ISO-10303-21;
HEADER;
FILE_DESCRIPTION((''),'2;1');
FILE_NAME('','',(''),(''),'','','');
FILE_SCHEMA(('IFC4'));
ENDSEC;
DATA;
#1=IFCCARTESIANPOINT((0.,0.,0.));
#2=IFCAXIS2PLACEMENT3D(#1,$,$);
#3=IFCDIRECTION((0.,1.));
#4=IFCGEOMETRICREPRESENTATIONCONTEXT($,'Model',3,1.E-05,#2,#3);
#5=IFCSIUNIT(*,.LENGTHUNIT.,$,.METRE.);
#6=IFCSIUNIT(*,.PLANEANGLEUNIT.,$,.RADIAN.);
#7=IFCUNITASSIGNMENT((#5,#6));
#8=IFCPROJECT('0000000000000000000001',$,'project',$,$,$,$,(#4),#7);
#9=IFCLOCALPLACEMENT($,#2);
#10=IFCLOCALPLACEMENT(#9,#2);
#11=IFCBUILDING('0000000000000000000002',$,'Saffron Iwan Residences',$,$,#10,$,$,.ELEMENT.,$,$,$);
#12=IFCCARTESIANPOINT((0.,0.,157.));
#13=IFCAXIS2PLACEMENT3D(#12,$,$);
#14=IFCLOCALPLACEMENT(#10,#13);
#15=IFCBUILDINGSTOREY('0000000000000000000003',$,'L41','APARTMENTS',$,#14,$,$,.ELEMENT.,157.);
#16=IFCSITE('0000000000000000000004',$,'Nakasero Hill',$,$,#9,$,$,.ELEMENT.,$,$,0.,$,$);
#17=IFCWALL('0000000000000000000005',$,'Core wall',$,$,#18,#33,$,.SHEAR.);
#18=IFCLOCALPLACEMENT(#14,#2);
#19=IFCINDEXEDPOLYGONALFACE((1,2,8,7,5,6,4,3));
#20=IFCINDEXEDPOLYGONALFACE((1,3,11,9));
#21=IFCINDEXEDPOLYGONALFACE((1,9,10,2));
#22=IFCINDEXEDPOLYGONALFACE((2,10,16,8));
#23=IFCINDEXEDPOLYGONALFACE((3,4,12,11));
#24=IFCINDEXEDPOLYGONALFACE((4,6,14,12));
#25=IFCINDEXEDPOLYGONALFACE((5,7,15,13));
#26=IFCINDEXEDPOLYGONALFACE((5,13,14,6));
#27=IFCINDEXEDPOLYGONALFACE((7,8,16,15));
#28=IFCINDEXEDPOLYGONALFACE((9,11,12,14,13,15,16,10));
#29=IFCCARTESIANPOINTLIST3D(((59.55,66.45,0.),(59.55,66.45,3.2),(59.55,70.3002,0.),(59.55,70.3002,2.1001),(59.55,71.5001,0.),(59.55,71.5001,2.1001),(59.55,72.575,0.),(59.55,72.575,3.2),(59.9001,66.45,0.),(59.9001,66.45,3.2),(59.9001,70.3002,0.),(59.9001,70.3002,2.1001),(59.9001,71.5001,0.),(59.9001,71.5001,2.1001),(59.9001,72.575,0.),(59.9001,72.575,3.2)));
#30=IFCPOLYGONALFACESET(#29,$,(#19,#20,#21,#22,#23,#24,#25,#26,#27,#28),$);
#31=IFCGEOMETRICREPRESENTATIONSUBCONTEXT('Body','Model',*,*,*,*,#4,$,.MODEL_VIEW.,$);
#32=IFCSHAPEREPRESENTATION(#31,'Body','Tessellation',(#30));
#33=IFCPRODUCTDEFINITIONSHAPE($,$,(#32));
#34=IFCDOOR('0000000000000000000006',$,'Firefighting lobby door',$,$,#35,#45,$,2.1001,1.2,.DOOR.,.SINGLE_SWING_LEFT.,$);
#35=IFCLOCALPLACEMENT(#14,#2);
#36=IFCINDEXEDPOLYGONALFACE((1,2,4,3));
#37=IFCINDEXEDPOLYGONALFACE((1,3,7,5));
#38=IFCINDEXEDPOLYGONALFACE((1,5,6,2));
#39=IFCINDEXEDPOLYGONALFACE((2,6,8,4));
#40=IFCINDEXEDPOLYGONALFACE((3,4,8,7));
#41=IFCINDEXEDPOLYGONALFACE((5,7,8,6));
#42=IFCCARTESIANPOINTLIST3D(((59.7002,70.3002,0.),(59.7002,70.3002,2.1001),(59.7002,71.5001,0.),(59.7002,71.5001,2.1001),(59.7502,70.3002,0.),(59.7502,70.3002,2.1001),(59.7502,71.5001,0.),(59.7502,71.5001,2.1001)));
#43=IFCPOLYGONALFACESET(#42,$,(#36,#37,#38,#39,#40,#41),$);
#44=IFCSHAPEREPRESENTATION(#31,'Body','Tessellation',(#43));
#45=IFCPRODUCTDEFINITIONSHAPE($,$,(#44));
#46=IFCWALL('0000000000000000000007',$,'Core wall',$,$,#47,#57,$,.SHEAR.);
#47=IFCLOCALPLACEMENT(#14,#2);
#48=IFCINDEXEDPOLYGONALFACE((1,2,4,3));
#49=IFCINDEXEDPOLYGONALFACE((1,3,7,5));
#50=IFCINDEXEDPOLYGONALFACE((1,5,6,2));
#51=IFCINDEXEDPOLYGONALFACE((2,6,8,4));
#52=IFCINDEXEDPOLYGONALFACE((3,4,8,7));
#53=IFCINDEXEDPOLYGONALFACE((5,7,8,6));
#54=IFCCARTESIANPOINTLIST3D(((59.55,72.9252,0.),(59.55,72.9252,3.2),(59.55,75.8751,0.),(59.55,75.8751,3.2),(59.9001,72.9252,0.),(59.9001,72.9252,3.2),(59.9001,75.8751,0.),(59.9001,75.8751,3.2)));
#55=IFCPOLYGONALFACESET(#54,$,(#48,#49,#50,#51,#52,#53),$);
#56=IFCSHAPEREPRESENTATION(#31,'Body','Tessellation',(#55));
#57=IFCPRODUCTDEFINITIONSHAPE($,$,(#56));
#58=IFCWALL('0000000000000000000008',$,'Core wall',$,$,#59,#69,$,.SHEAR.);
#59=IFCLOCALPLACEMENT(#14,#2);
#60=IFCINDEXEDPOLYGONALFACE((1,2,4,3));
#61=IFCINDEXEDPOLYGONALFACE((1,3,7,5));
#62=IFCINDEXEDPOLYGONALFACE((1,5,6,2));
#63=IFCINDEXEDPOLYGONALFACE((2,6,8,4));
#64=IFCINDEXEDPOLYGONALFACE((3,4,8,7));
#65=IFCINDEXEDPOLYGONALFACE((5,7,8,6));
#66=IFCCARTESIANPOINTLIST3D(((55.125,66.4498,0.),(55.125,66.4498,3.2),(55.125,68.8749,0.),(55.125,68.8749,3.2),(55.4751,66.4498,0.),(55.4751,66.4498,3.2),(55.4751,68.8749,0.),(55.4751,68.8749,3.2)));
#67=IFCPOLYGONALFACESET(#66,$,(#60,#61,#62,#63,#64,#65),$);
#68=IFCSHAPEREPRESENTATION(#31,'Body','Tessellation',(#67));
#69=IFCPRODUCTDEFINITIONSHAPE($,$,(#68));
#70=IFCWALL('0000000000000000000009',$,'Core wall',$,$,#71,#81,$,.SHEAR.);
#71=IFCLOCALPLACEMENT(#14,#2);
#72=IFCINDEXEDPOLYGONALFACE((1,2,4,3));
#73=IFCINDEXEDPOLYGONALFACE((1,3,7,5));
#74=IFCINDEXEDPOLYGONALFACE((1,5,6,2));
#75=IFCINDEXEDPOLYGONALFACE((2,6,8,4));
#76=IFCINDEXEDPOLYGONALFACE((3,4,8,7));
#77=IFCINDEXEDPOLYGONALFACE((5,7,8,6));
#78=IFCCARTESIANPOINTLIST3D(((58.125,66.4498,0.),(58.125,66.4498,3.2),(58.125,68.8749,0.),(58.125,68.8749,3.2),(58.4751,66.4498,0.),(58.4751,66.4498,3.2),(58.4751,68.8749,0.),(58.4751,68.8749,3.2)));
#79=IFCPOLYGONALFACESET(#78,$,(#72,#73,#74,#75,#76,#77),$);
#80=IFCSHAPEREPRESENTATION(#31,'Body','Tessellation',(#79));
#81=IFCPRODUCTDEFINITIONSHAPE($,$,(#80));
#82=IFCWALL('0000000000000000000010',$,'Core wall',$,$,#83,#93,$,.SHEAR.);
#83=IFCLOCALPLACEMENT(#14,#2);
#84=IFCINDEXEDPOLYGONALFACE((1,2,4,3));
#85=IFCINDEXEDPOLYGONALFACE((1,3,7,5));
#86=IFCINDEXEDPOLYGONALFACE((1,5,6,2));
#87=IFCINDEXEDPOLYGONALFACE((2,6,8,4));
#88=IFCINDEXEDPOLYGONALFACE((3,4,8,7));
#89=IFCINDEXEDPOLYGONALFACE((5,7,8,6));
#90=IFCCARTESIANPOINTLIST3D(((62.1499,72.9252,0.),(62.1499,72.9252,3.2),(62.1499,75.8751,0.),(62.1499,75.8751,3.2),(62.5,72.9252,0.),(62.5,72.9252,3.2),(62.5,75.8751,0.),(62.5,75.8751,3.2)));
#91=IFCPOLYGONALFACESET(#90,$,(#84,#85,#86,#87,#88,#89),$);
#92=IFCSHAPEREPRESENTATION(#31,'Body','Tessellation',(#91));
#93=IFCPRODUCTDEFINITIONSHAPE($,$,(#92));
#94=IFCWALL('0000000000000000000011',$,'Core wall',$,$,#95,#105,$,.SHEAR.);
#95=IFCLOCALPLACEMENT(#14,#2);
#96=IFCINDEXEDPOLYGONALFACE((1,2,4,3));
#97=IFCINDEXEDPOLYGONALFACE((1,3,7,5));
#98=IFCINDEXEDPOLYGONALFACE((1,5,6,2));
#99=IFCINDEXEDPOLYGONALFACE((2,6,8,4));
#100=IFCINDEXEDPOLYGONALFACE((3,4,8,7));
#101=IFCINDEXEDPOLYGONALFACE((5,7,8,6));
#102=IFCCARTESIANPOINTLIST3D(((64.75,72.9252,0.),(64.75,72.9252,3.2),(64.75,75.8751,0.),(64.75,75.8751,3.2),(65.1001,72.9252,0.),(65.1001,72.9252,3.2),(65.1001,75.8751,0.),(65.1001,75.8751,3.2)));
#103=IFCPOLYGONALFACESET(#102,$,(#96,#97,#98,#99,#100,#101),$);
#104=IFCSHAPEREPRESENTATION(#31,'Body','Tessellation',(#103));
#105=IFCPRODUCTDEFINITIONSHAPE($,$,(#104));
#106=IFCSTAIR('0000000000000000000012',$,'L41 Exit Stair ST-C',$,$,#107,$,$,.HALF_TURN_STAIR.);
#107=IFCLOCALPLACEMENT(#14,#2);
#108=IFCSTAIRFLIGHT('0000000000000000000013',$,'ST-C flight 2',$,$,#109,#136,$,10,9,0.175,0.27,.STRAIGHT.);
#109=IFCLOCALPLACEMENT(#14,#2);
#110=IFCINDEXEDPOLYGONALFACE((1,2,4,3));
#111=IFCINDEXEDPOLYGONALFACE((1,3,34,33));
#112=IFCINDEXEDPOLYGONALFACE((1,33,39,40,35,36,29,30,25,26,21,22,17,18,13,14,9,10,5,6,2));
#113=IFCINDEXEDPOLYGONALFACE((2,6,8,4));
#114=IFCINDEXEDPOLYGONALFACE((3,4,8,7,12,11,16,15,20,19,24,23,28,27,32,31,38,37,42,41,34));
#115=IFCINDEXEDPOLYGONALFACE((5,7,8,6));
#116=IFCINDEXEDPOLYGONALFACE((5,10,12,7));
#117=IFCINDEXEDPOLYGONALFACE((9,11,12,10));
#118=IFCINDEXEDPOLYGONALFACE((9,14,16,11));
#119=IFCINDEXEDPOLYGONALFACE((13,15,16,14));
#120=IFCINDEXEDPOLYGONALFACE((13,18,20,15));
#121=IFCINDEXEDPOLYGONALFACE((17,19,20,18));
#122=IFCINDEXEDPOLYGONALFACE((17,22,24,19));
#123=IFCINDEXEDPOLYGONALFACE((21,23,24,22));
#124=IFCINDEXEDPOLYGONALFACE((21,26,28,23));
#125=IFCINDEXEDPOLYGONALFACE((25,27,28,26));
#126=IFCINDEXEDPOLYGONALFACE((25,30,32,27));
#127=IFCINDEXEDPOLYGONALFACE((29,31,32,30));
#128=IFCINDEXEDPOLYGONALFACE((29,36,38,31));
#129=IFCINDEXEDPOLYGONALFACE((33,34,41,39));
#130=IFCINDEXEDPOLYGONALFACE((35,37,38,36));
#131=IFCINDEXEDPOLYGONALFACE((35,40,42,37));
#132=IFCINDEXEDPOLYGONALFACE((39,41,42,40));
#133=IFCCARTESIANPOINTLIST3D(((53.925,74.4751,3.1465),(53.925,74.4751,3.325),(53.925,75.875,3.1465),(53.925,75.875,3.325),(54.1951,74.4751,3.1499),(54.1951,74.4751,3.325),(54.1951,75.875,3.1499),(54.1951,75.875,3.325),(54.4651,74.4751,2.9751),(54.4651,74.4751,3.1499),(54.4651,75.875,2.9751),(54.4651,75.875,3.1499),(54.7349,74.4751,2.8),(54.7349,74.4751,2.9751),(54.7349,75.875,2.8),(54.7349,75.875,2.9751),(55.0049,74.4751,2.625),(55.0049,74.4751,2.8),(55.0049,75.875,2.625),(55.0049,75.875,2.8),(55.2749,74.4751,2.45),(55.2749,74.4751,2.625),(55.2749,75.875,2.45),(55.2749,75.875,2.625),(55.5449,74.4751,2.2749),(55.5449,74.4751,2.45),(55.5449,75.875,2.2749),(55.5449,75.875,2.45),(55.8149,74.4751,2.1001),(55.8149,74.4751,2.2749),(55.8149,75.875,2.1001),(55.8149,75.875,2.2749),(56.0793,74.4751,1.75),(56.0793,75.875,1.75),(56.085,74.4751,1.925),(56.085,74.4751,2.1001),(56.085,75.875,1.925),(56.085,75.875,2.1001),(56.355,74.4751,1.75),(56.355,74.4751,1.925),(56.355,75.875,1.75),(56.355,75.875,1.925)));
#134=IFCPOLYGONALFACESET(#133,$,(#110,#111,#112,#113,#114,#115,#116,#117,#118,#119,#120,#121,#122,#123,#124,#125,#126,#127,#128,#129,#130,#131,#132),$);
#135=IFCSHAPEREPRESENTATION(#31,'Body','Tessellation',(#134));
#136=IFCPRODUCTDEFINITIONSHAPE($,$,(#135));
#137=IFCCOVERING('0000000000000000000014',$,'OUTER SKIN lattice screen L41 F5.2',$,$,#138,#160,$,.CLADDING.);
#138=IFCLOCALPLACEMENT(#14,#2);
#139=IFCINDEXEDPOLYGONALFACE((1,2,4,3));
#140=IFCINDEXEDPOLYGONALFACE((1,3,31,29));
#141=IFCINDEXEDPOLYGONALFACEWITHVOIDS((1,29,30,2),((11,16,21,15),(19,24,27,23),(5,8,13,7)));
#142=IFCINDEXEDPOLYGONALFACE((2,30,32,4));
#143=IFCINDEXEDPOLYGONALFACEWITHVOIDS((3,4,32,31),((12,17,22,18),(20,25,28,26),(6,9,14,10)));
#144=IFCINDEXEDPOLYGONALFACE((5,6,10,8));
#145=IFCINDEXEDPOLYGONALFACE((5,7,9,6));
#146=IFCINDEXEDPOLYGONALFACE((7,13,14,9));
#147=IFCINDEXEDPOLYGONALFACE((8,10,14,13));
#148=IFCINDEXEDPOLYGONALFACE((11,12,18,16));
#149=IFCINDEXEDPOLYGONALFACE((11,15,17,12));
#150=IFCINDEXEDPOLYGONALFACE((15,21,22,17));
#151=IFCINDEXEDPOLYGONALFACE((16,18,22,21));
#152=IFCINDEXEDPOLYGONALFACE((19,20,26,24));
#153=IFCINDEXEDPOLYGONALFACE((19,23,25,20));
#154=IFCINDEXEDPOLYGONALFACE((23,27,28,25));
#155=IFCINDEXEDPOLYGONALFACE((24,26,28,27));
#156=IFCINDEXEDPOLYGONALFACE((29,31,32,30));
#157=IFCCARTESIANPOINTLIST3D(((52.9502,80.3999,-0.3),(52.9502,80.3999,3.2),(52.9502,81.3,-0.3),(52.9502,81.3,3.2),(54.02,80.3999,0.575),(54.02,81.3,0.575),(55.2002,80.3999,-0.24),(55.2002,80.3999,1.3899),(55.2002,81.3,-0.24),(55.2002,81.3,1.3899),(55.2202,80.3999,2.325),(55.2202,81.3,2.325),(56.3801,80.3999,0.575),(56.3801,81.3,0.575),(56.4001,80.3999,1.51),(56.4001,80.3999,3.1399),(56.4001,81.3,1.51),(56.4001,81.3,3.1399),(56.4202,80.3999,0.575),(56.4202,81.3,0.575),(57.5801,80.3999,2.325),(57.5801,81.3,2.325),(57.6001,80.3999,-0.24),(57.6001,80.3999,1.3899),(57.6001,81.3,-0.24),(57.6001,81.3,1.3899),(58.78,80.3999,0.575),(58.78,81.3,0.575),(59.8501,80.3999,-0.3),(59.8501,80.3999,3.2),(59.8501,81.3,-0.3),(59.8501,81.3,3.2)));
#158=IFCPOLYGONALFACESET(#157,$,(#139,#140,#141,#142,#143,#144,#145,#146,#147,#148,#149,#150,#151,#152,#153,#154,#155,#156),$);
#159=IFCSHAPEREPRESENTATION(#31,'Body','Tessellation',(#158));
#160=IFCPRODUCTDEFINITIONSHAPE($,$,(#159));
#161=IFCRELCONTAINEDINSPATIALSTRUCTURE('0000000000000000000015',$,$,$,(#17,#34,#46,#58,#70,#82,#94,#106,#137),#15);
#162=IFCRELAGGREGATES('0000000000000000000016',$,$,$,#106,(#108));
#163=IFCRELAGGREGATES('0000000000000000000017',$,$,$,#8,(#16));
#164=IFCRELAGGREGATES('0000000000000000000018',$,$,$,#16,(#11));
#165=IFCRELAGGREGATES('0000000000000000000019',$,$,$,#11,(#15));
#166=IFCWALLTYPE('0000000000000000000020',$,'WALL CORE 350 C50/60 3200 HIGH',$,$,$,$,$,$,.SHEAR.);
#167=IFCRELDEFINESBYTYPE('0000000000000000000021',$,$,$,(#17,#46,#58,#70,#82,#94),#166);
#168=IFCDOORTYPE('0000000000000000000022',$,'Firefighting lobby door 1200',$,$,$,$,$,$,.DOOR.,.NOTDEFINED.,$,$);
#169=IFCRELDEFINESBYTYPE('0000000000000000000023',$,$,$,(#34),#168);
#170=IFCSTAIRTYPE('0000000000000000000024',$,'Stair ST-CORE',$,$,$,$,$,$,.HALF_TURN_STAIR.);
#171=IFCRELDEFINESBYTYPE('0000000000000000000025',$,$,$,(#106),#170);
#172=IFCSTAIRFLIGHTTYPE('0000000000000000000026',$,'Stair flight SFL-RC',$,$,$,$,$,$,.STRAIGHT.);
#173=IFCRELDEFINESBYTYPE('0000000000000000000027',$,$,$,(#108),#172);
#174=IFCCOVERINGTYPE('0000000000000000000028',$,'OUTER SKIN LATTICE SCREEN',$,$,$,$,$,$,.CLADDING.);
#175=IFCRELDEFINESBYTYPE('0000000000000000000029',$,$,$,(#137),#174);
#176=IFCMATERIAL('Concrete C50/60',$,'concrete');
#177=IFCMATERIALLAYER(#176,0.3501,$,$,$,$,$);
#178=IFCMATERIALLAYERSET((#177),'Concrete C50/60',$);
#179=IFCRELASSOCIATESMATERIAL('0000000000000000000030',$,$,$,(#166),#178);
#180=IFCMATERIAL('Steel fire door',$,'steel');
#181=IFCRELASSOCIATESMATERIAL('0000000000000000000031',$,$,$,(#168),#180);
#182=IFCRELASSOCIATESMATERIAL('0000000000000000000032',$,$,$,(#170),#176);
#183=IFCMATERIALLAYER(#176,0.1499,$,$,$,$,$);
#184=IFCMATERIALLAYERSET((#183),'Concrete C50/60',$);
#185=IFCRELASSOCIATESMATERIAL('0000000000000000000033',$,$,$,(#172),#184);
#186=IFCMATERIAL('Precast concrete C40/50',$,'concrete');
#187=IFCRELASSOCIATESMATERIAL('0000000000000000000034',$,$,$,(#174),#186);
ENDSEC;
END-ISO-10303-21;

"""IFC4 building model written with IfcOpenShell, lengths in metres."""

from ifc_helpers import new_model, si_unit, direction, frame, frame_2d, origin, place, context, subcontext, project, spatial, polyline, rectangle, outline, extrude, material, layer, layer_set, type_object, element, fill, aggregate, save


model = new_model("IFC4")

# Units and contexts
model_context = context("Model", 3, precision=1e-05, world=origin(), true_north=direction((0.0, 1.0)))
body_context = subcontext(model_context, "Body", "Model", "MODEL_VIEW")
ifc_project = project(units=[si_unit("LENGTHUNIT", "METRE"), si_unit("PLANEANGLEUNIT", "RADIAN")], contexts=[model_context])

# Site, building, storey
site_placement = place(None, origin())
site = spatial("IfcSite", under=ifc_project, at=site_placement, Name="Nakasero Hill", CompositionType="ELEMENT", RefElevation=0.0)
building_placement = place(site_placement, origin())
building = spatial("IfcBuilding", under=site, at=building_placement, Name="Saffron Iwan Residences", CompositionType="ELEMENT")
storey_placement = place(building_placement, frame((0.0, 0.0, 157.0)))
storey = spatial("IfcBuildingStorey", under=building, at=storey_placement, Name="L41", Description="APARTMENTS", CompositionType="ELEMENT", Elevation=157.0)

# Shared definitions
ifc_material_1 = material(Name="Concrete C50/60", Category="concrete")

# Shared definitions
ifc_material_2 = material(Name="Steel fire door", Category="steel")

# Shared definitions
ifc_layer_1 = layer(ifc_material_1, 0.3501)
ifc_layer_set_1 = layer_set([ifc_layer_1], Name="Concrete C50/60")
wall_type_1 = type_object("IfcWallType", Name="WALL CORE 350 C50/60 3200 HIGH", PredefinedType="SHEAR", material=ifc_layer_set_1)

# Wall, opening, door
wall_1_placement = place(storey_placement, frame((59.7251, 66.45, 0.0), z_axis=(0.0, 0.0, 1.0), x_axis=(0.0, 1.0, 0.0)))
wall_1 = element("IfcWall", 1, at=wall_1_placement, inside=storey, type_object=wall_type_1, Name="Core wall", PredefinedType="SHEAR", context=body_context, shape_type="SweptSolid", body=[
    extrude(rectangle(XDim=6.125, YDim=0.3501, at=frame_2d((3.0625, 0.0))), origin(), (0.0, 0.0, 1.0), 3.2),
])
opening_1_placement = place(wall_1_placement, frame((3.8501, 0.0, 0.0)))
opening_1 = element("IfcOpeningElement", 2, at=opening_1_placement, cuts=wall_1, PredefinedType="OPENING", context=body_context, shape_type="SweptSolid", body=[
    extrude(rectangle(XDim=1.2, YDim=2.1001, at=frame_2d((0.6001, 1.05))), frame((0.0, 0.1851, 0.0), z_axis=(0.0, -1.0, 0.0), x_axis=(1.0, 0.0, 0.0)), (0.0, 0.0, 1.0), 0.3701),
])
door_type_1 = type_object("IfcDoorType", Name="Firefighting lobby door 1200", OperationType="NOTDEFINED", PredefinedType="DOOR", material=ifc_material_2)
door_1_placement = place(opening_1_placement, origin())
door_1 = element("IfcDoor", 3, at=door_1_placement, inside=storey, type_object=door_type_1, Name="Firefighting lobby door", OperationType="SINGLE_SWING_LEFT", OverallHeight=2.1001, OverallWidth=1.2, PredefinedType="DOOR", context=body_context, shape_type="SweptSolid", body=[
    extrude(rectangle(XDim=1.2, YDim=2.1001, at=frame_2d((0.6001, 1.05))), frame((0.0, 0.0249, 0.0), z_axis=(0.0, -1.0, 0.0), x_axis=(1.0, 0.0, 0.0)), (0.0, 0.0, 1.0), 0.05),
])
fill(opening_1, door_1)

# Walls
wall_2_placement = place(storey_placement, frame((59.7251, 72.925, 0.0), z_axis=(0.0, 0.0, 1.0), x_axis=(0.0, 1.0, 0.0)))
element("IfcWall", 4, at=wall_2_placement, inside=storey, type_object=wall_type_1, Name="Core wall", PredefinedType="SHEAR", context=body_context, shape_type="SweptSolid", body=[
    extrude(rectangle(XDim=2.95, YDim=0.3501, at=frame_2d((1.4751, 0.0))), origin(), (0.0, 0.0, 1.0), 3.2),
])
for number, where, z_axis, x_axis, name in (
    (5, (55.3, 66.45, 0.0), (0.0, 0.0, 1.0), (0.0, 1.0, 0.0), "Core wall"),
    (6, (58.3, 66.45, 0.0), (0.0, 0.0, 1.0), (0.0, 1.0, 0.0), "Core wall"),
):
    element("IfcWall", number, at=place(storey_placement, frame(where, z_axis=z_axis, x_axis=x_axis)), inside=storey, type_object=wall_type_1, Name=name, PredefinedType="SHEAR", context=body_context, shape_type="SweptSolid", body=[
        extrude(rectangle(XDim=2.425, YDim=0.3501, at=frame_2d((1.2124, 0.0))), origin(), (0.0, 0.0, 1.0), 3.2),
    ])
for number, where, z_axis, x_axis, name in (
    (7, (62.325, 72.925, 0.0), (0.0, 0.0, 1.0), (0.0, 1.0, 0.0), "Core wall"),
    (8, (64.925, 72.925, 0.0), (0.0, 0.0, 1.0), (0.0, 1.0, 0.0), "Core wall"),
):
    element("IfcWall", number, at=place(storey_placement, frame(where, z_axis=z_axis, x_axis=x_axis)), inside=storey, type_object=wall_type_1, Name=name, PredefinedType="SHEAR", context=body_context, shape_type="SweptSolid", body=[
        extrude(rectangle(XDim=2.95, YDim=0.3501, at=frame_2d((1.4751, 0.0))), origin(), (0.0, 0.0, 1.0), 3.2),
    ])

# Stair, stair flight
stair_type = type_object("IfcStairType", Name="Stair ST-CORE", PredefinedType="HALF_TURN_STAIR", material=ifc_material_1)
stair_placement = place(storey_placement, origin())
stair = element("IfcStair", 9, at=stair_placement, inside=storey, type_object=stair_type, Name="L41 Exit Stair ST-C", PredefinedType="HALF_TURN_STAIR")
ifc_layer_2 = layer(ifc_material_1, 0.1499)
ifc_layer_set_2 = layer_set([ifc_layer_2], Name="Concrete C50/60")
stair_flight_type = type_object("IfcStairFlightType", Name="Stair flight SFL-RC", PredefinedType="STRAIGHT", material=ifc_layer_set_2)
stair_flight_placement = place(storey_placement, frame((56.355, 75.175, 1.75), z_axis=(0.0, 0.0, 1.0), x_axis=(-1.0, 0.0, 0.0)))
stair_flight = element("IfcStairFlight", 10, at=stair_flight_placement, type_object=stair_flight_type, Name="ST-C flight 2", NumberOfRisers=10, NumberOfTreads=9, PredefinedType="STRAIGHT", RiserHeight=0.175, TreadLength=0.27, context=body_context, shape_type="SweptSolid", body=[
    extrude(outline(polyline([(0.0, 0.0), (0.0, 0.175), (0.27, 0.175), (0.27, 0.3501), (0.54, 0.3501), (0.54, 0.5249), (0.8101, 0.5249), (0.8101, 0.7), (1.0801, 0.7), (1.0801, 0.875), (1.3501, 0.875), (1.3501, 1.05), (1.6201, 1.05), (1.6201, 1.2251), (1.8899, 1.2251), (1.8899, 1.3999), (2.1599, 1.3999), (2.1599, 1.575), (2.4299, 1.575), (2.4299, 1.75), (2.4299, 1.3965), (0.2756, 0.0), (0.0, 0.0)])), frame((0.0, 0.7, 0.0), z_axis=(0.0, -1.0, 0.0), x_axis=(1.0, 0.0, 0.0)), (0.0, 0.0, 1.0), 1.3999),
])
aggregate(stair, [stair_flight])

# Covering
ifc_material_3 = material(Name="Precast concrete C40/50", Category="concrete")
covering_type_1 = type_object("IfcCoveringType", Name="OUTER SKIN LATTICE SCREEN", PredefinedType="CLADDING", material=ifc_material_3)
covering_placement = place(storey_placement, frame((59.8501, 80.3999, -0.3), z_axis=(0.0, 1.0, 0.0), x_axis=(-1.0, 0.0, 0.0)))
element("IfcCovering", 11, at=covering_placement, inside=storey, type_object=covering_type_1, Name="OUTER SKIN lattice screen L41 F5.2", PredefinedType="CLADDING", context=body_context, shape_type="SweptSolid", body=[
    extrude(outline(polyline([(0.0, 0.0), (6.8999, 0.0), (6.8999, 3.5), (0.0, 3.5), (0.0, 0.0)]), holes=[polyline([(1.0701, 0.875), (2.25, 0.0601), (3.4299, 0.875), (2.25, 1.6899), (1.0701, 0.875)]), polyline([(3.47, 0.875), (4.6499, 0.0601), (5.8301, 0.875), (4.6499, 1.6899), (3.47, 0.875)]), polyline([(2.27, 2.625), (3.45, 1.8101), (4.6299, 2.625), (3.45, 3.4399), (2.27, 2.625)])]), origin(), (0.0, 0.0, 1.0), 0.9001),
])

save(model, "model.ifc")
